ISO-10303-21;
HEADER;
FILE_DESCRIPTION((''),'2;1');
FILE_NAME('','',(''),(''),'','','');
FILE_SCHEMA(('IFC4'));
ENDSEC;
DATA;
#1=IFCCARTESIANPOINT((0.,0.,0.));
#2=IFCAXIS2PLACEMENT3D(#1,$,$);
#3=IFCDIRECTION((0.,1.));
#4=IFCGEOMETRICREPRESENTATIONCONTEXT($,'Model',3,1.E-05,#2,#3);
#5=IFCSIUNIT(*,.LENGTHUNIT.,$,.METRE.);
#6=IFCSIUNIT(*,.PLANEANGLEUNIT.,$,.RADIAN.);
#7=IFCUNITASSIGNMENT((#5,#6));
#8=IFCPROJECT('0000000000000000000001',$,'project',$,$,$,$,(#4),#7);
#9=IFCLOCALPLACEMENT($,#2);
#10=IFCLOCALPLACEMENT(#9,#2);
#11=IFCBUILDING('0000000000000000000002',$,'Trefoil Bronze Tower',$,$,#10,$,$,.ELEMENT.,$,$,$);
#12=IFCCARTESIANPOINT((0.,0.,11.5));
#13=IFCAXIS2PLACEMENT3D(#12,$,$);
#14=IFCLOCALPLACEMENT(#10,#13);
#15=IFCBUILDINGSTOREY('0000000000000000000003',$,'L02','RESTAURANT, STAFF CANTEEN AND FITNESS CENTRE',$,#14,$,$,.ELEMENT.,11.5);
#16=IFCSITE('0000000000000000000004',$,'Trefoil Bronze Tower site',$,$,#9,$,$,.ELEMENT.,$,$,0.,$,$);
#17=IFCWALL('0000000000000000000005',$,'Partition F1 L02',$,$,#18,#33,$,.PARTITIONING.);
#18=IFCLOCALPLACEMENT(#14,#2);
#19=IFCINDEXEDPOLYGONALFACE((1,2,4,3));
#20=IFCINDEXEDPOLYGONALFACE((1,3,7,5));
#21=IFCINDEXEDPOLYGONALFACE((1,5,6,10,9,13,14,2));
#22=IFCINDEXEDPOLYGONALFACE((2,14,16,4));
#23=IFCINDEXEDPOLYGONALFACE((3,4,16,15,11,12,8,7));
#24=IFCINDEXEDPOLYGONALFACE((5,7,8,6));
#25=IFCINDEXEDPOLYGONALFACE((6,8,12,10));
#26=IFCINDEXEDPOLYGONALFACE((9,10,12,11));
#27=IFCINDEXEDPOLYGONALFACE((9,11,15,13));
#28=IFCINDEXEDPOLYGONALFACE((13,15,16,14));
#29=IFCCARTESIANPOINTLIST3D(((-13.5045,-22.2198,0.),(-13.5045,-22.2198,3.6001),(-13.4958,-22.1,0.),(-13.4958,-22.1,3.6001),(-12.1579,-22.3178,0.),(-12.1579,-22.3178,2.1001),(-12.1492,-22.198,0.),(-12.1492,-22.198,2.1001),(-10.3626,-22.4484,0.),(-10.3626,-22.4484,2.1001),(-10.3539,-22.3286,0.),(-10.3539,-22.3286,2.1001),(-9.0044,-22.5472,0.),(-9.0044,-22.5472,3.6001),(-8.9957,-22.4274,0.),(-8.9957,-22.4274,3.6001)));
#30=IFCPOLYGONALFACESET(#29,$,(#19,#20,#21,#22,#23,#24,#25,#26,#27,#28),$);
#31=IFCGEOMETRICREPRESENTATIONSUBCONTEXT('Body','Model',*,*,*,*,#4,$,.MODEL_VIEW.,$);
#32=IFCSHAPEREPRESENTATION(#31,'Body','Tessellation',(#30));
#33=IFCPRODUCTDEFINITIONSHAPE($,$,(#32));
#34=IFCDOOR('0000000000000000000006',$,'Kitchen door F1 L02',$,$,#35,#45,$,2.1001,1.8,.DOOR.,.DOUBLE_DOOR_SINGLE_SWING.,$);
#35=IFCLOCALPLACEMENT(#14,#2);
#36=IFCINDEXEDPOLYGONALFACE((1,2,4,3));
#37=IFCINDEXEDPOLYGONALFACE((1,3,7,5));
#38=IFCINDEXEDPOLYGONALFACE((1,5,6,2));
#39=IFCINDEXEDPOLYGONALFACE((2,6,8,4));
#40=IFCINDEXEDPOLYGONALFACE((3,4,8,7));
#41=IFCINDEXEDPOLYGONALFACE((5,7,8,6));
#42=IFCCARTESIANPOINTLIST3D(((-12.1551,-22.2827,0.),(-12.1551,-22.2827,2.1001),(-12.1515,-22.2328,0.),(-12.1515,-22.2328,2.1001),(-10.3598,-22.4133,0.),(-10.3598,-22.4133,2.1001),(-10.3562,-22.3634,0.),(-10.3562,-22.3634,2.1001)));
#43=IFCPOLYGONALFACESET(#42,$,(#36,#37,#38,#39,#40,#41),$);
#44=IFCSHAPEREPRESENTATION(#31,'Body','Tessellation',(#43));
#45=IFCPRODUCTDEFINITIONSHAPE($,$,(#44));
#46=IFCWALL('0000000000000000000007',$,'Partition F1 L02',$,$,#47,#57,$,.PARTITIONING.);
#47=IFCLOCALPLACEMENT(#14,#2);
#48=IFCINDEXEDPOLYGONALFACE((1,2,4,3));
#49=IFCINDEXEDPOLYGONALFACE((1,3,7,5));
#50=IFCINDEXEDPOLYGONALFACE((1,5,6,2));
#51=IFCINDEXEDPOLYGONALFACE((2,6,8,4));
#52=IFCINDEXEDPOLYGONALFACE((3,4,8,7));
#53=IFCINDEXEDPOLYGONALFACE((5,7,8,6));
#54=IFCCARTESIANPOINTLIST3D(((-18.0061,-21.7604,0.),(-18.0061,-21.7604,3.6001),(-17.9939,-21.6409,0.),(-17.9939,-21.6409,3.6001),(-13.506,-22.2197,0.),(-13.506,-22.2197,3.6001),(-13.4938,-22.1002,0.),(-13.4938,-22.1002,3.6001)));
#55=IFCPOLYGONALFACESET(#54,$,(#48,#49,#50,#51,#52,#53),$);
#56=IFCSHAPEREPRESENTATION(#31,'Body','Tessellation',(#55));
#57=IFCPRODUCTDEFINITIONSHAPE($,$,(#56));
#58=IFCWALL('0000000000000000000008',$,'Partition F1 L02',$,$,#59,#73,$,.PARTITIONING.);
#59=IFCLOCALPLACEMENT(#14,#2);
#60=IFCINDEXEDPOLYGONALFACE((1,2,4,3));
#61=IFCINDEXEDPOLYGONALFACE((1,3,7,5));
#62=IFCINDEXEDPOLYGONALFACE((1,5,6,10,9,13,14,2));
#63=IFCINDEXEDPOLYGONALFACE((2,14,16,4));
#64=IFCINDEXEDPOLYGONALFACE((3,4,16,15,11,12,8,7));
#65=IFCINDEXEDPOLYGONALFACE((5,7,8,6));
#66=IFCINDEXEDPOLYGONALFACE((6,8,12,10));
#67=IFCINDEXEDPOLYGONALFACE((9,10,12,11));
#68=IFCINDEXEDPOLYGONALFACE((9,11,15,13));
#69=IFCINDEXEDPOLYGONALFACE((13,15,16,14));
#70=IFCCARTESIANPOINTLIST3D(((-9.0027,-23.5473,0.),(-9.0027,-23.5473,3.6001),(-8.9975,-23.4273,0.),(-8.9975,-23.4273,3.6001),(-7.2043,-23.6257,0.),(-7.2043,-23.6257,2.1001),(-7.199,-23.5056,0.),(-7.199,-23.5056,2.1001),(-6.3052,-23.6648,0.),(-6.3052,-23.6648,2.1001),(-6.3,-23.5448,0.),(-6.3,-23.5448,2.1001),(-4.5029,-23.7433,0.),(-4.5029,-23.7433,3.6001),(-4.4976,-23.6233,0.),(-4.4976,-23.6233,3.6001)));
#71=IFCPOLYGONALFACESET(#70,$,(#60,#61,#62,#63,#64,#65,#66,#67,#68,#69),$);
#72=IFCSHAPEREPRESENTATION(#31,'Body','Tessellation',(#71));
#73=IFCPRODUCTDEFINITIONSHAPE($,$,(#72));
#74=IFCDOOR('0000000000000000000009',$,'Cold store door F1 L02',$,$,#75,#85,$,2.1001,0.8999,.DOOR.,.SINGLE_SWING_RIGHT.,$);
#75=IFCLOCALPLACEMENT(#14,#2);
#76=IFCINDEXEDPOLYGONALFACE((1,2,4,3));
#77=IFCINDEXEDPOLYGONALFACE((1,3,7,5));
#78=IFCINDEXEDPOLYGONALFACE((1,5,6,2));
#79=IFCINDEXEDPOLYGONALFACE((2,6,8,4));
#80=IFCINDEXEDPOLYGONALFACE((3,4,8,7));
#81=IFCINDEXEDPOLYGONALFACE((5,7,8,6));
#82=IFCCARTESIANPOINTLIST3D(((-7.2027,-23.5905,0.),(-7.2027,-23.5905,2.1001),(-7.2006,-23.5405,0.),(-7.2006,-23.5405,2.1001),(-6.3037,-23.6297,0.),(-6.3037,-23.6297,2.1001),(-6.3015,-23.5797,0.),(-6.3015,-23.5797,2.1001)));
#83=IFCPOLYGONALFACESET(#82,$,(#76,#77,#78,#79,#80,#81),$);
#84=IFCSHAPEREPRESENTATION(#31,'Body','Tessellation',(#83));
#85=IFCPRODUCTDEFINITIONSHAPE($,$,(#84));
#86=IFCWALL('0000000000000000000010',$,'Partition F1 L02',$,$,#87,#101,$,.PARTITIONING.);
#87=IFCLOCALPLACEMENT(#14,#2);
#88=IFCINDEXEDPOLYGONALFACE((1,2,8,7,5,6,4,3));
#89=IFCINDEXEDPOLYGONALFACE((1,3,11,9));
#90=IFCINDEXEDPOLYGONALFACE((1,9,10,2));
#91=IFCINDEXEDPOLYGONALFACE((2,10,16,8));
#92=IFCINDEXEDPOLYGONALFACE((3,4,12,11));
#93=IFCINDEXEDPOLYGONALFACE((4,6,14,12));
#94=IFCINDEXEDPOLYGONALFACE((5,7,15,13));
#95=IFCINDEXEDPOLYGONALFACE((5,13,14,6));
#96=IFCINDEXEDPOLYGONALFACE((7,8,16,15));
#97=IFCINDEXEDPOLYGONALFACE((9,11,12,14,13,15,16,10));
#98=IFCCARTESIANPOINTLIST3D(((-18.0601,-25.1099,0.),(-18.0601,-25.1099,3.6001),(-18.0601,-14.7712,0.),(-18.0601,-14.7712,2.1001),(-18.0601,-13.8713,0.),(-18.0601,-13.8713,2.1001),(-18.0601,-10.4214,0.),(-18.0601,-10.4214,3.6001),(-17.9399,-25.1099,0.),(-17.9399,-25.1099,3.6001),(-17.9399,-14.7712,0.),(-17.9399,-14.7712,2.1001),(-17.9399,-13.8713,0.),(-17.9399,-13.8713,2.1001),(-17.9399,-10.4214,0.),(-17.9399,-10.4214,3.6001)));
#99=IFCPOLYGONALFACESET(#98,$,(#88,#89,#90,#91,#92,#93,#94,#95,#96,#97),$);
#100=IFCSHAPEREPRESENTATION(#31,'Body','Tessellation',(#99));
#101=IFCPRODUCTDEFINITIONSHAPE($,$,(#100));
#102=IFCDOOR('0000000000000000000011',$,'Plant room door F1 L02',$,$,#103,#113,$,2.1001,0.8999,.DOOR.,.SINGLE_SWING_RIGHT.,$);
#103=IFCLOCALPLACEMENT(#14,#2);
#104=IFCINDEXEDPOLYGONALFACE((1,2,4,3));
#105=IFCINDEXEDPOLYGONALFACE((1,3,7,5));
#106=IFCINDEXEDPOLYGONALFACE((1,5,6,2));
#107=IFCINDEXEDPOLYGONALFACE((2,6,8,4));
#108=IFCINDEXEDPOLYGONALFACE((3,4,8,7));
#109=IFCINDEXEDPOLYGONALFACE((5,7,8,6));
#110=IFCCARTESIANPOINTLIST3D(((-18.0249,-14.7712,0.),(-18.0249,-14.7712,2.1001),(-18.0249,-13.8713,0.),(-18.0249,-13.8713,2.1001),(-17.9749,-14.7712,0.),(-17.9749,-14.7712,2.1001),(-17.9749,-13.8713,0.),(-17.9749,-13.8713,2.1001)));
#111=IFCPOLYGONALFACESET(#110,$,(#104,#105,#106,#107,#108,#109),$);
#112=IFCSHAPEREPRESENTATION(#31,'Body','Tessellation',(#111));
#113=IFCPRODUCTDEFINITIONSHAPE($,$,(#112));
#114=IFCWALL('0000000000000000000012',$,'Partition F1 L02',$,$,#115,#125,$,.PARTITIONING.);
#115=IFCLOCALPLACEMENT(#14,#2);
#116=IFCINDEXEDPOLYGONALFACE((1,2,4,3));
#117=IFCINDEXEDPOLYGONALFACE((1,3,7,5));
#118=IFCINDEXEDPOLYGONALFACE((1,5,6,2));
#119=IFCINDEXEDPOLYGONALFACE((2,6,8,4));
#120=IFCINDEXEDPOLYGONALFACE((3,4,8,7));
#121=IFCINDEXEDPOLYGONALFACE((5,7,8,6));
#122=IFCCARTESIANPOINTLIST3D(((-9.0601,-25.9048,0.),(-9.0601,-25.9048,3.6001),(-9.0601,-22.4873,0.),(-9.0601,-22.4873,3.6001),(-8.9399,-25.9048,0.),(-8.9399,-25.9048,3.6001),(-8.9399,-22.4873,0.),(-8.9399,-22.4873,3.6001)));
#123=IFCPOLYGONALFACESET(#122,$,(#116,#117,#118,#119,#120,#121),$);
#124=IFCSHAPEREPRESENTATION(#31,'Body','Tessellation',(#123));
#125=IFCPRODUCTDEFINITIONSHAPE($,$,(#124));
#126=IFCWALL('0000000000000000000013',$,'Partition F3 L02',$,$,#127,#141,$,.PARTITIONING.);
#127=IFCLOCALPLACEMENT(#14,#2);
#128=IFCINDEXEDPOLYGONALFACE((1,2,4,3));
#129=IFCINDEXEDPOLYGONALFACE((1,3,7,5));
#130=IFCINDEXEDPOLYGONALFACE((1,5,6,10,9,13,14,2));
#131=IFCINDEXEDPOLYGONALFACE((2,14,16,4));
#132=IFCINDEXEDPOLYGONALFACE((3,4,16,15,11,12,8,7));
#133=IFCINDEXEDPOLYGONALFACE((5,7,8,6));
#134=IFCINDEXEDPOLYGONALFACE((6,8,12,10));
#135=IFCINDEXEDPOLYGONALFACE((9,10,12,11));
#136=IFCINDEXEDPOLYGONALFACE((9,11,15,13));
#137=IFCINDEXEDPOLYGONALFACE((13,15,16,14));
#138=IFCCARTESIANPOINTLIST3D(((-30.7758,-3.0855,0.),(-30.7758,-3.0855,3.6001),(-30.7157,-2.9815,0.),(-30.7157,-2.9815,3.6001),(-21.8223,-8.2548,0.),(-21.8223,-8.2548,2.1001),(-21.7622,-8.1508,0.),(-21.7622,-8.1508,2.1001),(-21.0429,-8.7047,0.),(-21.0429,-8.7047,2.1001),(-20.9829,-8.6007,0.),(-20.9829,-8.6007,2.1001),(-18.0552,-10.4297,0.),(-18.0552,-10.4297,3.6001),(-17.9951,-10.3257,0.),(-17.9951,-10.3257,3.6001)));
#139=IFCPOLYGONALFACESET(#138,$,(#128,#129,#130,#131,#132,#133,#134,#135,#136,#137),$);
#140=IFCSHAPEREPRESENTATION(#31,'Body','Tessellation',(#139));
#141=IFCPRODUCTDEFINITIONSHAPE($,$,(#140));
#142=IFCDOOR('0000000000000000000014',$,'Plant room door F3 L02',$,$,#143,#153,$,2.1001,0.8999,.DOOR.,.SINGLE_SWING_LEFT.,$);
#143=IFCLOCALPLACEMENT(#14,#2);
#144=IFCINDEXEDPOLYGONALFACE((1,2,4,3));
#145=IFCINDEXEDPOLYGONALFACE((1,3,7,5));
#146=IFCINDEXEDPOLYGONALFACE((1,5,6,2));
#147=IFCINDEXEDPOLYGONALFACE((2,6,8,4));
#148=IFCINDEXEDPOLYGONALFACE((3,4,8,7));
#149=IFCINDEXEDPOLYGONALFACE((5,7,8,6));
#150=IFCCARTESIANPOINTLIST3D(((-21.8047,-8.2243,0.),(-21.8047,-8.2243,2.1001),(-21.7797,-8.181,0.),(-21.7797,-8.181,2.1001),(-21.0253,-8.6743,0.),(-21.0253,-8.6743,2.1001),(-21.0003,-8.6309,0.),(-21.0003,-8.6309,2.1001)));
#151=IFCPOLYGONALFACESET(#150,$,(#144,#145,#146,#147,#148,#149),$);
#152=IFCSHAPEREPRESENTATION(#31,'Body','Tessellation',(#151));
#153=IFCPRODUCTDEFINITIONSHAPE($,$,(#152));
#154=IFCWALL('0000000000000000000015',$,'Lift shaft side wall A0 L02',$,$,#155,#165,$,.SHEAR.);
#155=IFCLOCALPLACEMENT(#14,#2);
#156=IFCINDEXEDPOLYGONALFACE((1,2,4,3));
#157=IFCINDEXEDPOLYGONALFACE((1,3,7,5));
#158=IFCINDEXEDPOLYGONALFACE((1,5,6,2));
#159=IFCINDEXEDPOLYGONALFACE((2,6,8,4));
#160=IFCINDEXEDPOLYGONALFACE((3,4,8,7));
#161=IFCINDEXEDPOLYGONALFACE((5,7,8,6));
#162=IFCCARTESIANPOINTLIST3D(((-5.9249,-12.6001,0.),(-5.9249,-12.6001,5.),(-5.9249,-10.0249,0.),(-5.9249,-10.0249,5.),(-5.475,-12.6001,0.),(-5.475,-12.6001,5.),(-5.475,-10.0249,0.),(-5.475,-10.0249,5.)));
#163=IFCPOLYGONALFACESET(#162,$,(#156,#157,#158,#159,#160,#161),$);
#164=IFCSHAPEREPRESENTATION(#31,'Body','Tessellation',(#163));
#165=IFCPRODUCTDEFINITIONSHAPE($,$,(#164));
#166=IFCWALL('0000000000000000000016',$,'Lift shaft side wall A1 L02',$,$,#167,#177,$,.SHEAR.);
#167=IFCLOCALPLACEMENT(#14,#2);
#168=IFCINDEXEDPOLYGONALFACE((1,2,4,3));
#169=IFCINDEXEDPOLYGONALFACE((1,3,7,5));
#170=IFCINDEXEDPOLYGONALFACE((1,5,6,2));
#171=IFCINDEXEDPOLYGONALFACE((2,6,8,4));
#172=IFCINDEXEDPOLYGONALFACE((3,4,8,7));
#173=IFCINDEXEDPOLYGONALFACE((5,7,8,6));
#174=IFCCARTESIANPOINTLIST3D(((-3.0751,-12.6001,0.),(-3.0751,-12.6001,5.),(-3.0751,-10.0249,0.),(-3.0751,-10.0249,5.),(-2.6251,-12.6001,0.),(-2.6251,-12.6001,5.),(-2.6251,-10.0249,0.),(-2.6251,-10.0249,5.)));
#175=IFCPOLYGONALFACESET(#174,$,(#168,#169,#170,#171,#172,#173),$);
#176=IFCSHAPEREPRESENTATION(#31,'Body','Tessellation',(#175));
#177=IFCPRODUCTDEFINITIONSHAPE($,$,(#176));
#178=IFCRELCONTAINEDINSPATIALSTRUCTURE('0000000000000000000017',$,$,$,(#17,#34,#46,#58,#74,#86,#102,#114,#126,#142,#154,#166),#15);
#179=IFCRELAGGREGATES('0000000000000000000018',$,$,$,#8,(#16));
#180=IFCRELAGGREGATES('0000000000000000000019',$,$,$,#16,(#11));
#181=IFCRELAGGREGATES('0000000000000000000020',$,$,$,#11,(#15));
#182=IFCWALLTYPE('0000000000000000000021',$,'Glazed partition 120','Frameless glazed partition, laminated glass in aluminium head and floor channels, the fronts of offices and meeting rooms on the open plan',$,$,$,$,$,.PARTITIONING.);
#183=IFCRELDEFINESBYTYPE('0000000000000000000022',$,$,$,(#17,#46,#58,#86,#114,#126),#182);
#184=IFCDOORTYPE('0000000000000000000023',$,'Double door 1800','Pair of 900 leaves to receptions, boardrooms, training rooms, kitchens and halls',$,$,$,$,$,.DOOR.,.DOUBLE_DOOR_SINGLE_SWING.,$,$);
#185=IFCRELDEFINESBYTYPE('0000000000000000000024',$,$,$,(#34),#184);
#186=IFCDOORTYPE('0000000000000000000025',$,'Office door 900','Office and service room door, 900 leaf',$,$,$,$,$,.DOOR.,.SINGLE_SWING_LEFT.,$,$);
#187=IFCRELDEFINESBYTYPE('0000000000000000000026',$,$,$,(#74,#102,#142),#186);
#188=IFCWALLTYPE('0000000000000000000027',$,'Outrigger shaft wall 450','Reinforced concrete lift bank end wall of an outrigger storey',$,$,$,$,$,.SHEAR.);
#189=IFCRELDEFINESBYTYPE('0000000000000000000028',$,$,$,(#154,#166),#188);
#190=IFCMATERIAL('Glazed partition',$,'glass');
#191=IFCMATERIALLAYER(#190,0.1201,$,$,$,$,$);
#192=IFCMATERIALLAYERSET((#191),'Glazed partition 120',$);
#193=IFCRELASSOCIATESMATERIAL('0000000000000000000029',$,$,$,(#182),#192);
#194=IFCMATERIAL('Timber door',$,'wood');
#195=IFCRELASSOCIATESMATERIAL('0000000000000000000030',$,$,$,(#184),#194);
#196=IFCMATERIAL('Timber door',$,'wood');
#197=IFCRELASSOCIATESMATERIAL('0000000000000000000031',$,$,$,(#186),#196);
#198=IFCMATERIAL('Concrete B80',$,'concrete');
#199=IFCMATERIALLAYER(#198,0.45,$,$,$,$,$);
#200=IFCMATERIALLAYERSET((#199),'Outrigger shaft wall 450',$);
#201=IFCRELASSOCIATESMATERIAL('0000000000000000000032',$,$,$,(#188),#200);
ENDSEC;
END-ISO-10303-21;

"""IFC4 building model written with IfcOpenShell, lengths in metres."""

from ifc_helpers import new_model, si_unit, direction, frame, frame_2d, origin, place, context, subcontext, project, spatial, rectangle, extrude, material, layer, layer_set, type_object, element, fill, save


model = new_model("IFC4")

# Units and contexts
model_context = context("Model", 3, precision=1e-05, world=origin(), true_north=direction((0.0, 1.0)))
body_context = subcontext(model_context, "Body", "Model", "MODEL_VIEW")
ifc_project = project(units=[si_unit("LENGTHUNIT", "METRE"), si_unit("PLANEANGLEUNIT", "RADIAN")], contexts=[model_context])

# Site, building, storey
site_placement = place(None, origin())
site = spatial("IfcSite", under=ifc_project, at=site_placement, Name="Trefoil Bronze Tower site", CompositionType="ELEMENT", RefElevation=0.0)
building_placement = place(site_placement, origin())
building = spatial("IfcBuilding", under=site, at=building_placement, Name="Trefoil Bronze Tower", CompositionType="ELEMENT")
storey_placement = place(building_placement, frame((0.0, 0.0, 11.5)))
storey = spatial("IfcBuildingStorey", under=building, at=storey_placement, Name="L02", Description="RESTAURANT, STAFF CANTEEN AND FITNESS CENTRE", CompositionType="ELEMENT", Elevation=11.5)

# Wall, opening, door
ifc_material_1 = material(Name="Glazed partition", Category="glass")
ifc_layer_1 = layer(ifc_material_1, 0.1201)
ifc_layer_set_1 = layer_set([ifc_layer_1], Name="Glazed partition 120")
wall_type_1 = type_object("IfcWallType", Name="Glazed partition 120", Description="Frameless glazed partition, laminated glass in aluminium head and floor channels, the fronts of offices and meeting rooms on the open plan", PredefinedType="PARTITIONING", material=ifc_layer_set_1)
wall_1_placement = place(storey_placement, frame((-13.5, -22.1599, 0.0), z_axis=(0.0, 0.0, 1.0), x_axis=(0.997364, -0.072562, 0.0)))
wall_1 = element("IfcWall", 1, at=wall_1_placement, inside=storey, type_object=wall_type_1, Name="Partition F1 L02", PredefinedType="PARTITIONING", context=body_context, shape_type="SweptSolid", body=[
    extrude(rectangle(XDim=4.512, YDim=0.1201, at=frame_2d((2.2559, 0.0))), origin(), (0.0, 0.0, 1.0), 3.6001),
])
opening_1_placement = place(wall_1_placement, frame((1.3501, 0.0, 0.0)))
opening_1 = element("IfcOpeningElement", 2, at=opening_1_placement, cuts=wall_1, PredefinedType="OPENING", context=body_context, shape_type="SweptSolid", body=[
    extrude(rectangle(XDim=1.8, YDim=2.1001, at=frame_2d((0.8999, 1.05))), frame((0.0, 0.0701, 0.0), z_axis=(0.0, -1.0, 0.0), x_axis=(1.0, 0.0, 0.0)), (0.0, 0.0, 1.0), 0.1401),
])
ifc_material_2 = material(Name="Timber door", Category="wood")
door_type_1 = type_object("IfcDoorType", Name="Double door 1800", Description="Pair of 900 leaves to receptions, boardrooms, training rooms, kitchens and halls", OperationType="DOUBLE_DOOR_SINGLE_SWING", PredefinedType="DOOR", material=ifc_material_2)
door_1_placement = place(opening_1_placement, frame((1.8, 0.0, 0.0), z_axis=(0.0, 0.0, 1.0), x_axis=(-1.0, 0.0, 0.0)))
door_1 = element("IfcDoor", 3, at=door_1_placement, inside=storey, type_object=door_type_1, Name="Kitchen door F1 L02", OperationType="DOUBLE_DOOR_SINGLE_SWING", OverallHeight=2.1001, OverallWidth=1.8, PredefinedType="DOOR", context=body_context, shape_type="SweptSolid", body=[
    extrude(rectangle(XDim=1.8, YDim=2.1001, at=frame_2d((0.8999, 1.05))), frame((0.0, 0.0249, 0.0), z_axis=(0.0, -1.0, 0.0), x_axis=(1.0, 0.0, 0.0)), (0.0, 0.0, 1.0), 0.05),
])
fill(opening_1, door_1)

# Wall
wall_2_placement = place(storey_placement, frame((-18.0, -21.7007, 0.0), z_axis=(0.0, 0.0, 1.0), x_axis=(0.994833, -0.101523, 0.0)))
element("IfcWall", 4, at=wall_2_placement, inside=storey, type_object=wall_type_1, Name="Partition F1 L02", PredefinedType="PARTITIONING", context=body_context, shape_type="SweptSolid", body=[
    extrude(rectangle(XDim=4.5234, YDim=0.1201, at=frame_2d((2.2617, 0.0))), origin(), (0.0, 0.0, 1.0), 3.6001),
])

# Walls, openings, doors
wall_3_placement = place(storey_placement, frame((-9.0, -23.4873, 0.0), z_axis=(0.0, 0.0, 1.0), x_axis=(0.999052, -0.043524, 0.0)))
wall_3 = element("IfcWall", 5, at=wall_3_placement, inside=storey, type_object=wall_type_1, Name="Partition F1 L02", PredefinedType="PARTITIONING", context=body_context, shape_type="SweptSolid", body=[
    extrude(rectangle(XDim=4.5042, YDim=0.1201, at=frame_2d((2.252, 0.0))), origin(), (0.0, 0.0, 1.0), 3.6001),
])
opening_2_placement = place(wall_3_placement, frame((1.8, 0.0, 0.0)))
opening_2 = element("IfcOpeningElement", 6, at=opening_2_placement, cuts=wall_3, PredefinedType="OPENING", context=body_context, shape_type="SweptSolid", body=[
    extrude(rectangle(XDim=0.8999, YDim=2.1001, at=frame_2d((0.45, 1.05))), frame((0.0, 0.0701, 0.0), z_axis=(0.0, -1.0, 0.0), x_axis=(1.0, 0.0, 0.0)), (0.0, 0.0, 1.0), 0.1401),
])
ifc_material_3 = material(Name="Timber door", Category="wood")
door_type_2 = type_object("IfcDoorType", Name="Office door 900", Description="Office and service room door, 900 leaf", OperationType="SINGLE_SWING_LEFT", PredefinedType="DOOR", material=ifc_material_3)
door_2_placement = place(opening_2_placement, frame((0.8999, 0.0, 0.0), z_axis=(0.0, 0.0, 1.0), x_axis=(-1.0, 0.0, 0.0)))
door_2 = element("IfcDoor", 7, at=door_2_placement, inside=storey, type_object=door_type_2, Name="Cold store door F1 L02", OperationType="SINGLE_SWING_RIGHT", OverallHeight=2.1001, OverallWidth=0.8999, PredefinedType="DOOR", context=body_context, shape_type="SweptSolid", body=[
    extrude(rectangle(XDim=0.8999, YDim=2.1001, at=frame_2d((0.45, 1.05))), frame((0.0, 0.0249, 0.0), z_axis=(0.0, -1.0, 0.0), x_axis=(1.0, 0.0, 0.0)), (0.0, 0.0, 1.0), 0.05),
])
fill(opening_2, door_2)
wall_4_placement = place(storey_placement, frame((-18.0, -10.4214, 0.0), z_axis=(0.0, 0.0, 1.0), x_axis=(0.0, -1.0, 0.0)))
wall_4 = element("IfcWall", 8, at=wall_4_placement, inside=storey, type_object=wall_type_1, Name="Partition F1 L02", PredefinedType="PARTITIONING", context=body_context, shape_type="SweptSolid", body=[
    extrude(rectangle(XDim=14.6885, YDim=0.1201, at=frame_2d((7.3442, 0.0))), origin(), (0.0, 0.0, 1.0), 3.6001),
])
opening_3_placement = place(wall_4_placement, frame((3.45, 0.0, 0.0)))
opening_3 = element("IfcOpeningElement", 9, at=opening_3_placement, cuts=wall_4, PredefinedType="OPENING", context=body_context, shape_type="SweptSolid", body=[
    extrude(rectangle(XDim=0.8999, YDim=2.1001, at=frame_2d((0.45, 1.05))), frame((0.0, 0.0701, 0.0), z_axis=(0.0, -1.0, 0.0), x_axis=(1.0, 0.0, 0.0)), (0.0, 0.0, 1.0), 0.1401),
])
door_3_placement = place(opening_3_placement, frame((0.8999, 0.0, 0.0), z_axis=(0.0, 0.0, 1.0), x_axis=(-1.0, 0.0, 0.0)))
door_3 = element("IfcDoor", 10, at=door_3_placement, inside=storey, type_object=door_type_2, Name="Plant room door F1 L02", OperationType="SINGLE_SWING_RIGHT", OverallHeight=2.1001, OverallWidth=0.8999, PredefinedType="DOOR", context=body_context, shape_type="SweptSolid", body=[
    extrude(rectangle(XDim=0.8999, YDim=2.1001, at=frame_2d((0.45, 1.05))), frame((0.0, 0.0249, 0.0), z_axis=(0.0, -1.0, 0.0), x_axis=(1.0, 0.0, 0.0)), (0.0, 0.0, 1.0), 0.05),
])
fill(opening_3, door_3)

# Wall
wall_5_placement = place(storey_placement, frame((-9.0, -22.4873, 0.0), z_axis=(0.0, 0.0, 1.0), x_axis=(0.0, -1.0, 0.0)))
element("IfcWall", 11, at=wall_5_placement, inside=storey, type_object=wall_type_1, Name="Partition F1 L02", PredefinedType="PARTITIONING", context=body_context, shape_type="SweptSolid", body=[
    extrude(rectangle(XDim=3.4175, YDim=0.1201, at=frame_2d((1.7087, 0.0))), origin(), (0.0, 0.0, 1.0), 3.6001),
])

# Wall, opening, door
wall_6_placement = place(storey_placement, frame((-18.0251, -10.3777, 0.0), z_axis=(0.0, 0.0, 1.0), x_axis=(-0.866027, 0.499997, 0.0)))
wall_6 = element("IfcWall", 12, at=wall_6_placement, inside=storey, type_object=wall_type_1, Name="Partition F3 L02", PredefinedType="PARTITIONING", context=body_context, shape_type="SweptSolid", body=[
    extrude(rectangle(XDim=14.6885, YDim=0.1201, at=frame_2d((7.3442, 0.0))), origin(), (0.0, 0.0, 1.0), 3.6001),
])
opening_4_placement = place(wall_6_placement, frame((3.45, 0.0, 0.0)))
opening_4 = element("IfcOpeningElement", 13, at=opening_4_placement, cuts=wall_6, PredefinedType="OPENING", context=body_context, shape_type="SweptSolid", body=[
    extrude(rectangle(XDim=0.8999, YDim=2.1001, at=frame_2d((0.45, 1.05))), frame((0.0, 0.0701, 0.0), z_axis=(0.0, -1.0, 0.0), x_axis=(1.0, 0.0, 0.0)), (0.0, 0.0, 1.0), 0.1401),
])
door_4_placement = place(opening_4_placement, origin())
door_4 = element("IfcDoor", 14, at=door_4_placement, inside=storey, type_object=door_type_2, Name="Plant room door F3 L02", OperationType="SINGLE_SWING_LEFT", OverallHeight=2.1001, OverallWidth=0.8999, PredefinedType="DOOR", context=body_context, shape_type="SweptSolid", body=[
    extrude(rectangle(XDim=0.8999, YDim=2.1001, at=frame_2d((0.45, 1.05))), frame((0.0, 0.0249, 0.0), z_axis=(0.0, -1.0, 0.0), x_axis=(1.0, 0.0, 0.0)), (0.0, 0.0, 1.0), 0.05),
])
fill(opening_4, door_4)

# Walls
ifc_material_4 = material(Name="Concrete B80", Category="concrete")
ifc_layer_2 = layer(ifc_material_4, 0.45)
ifc_layer_set_2 = layer_set([ifc_layer_2], Name="Outrigger shaft wall 450")
wall_type_2 = type_object("IfcWallType", Name="Outrigger shaft wall 450", Description="Reinforced concrete lift bank end wall of an outrigger storey", PredefinedType="SHEAR", material=ifc_layer_set_2)
for number, where, z_axis, x_axis, name in (
    (15, (-5.7, -10.0249, 0.0), (0.0, 0.0, 1.0), (0.0, -1.0, 0.0), "Lift shaft side wall A0 L02"),
    (16, (-2.8501, -10.0249, 0.0), (0.0, 0.0, 1.0), (0.0, -1.0, 0.0), "Lift shaft side wall A1 L02"),
):
    element("IfcWall", number, at=place(storey_placement, frame(where, z_axis=z_axis, x_axis=x_axis)), inside=storey, type_object=wall_type_2, Name=name, PredefinedType="SHEAR", context=body_context, shape_type="SweptSolid", body=[
        extrude(rectangle(XDim=2.5752, YDim=0.45, at=frame_2d((1.2876, 0.0))), origin(), (0.0, 0.0, 1.0), 5.0),
    ])

save(model, "model.ifc")
